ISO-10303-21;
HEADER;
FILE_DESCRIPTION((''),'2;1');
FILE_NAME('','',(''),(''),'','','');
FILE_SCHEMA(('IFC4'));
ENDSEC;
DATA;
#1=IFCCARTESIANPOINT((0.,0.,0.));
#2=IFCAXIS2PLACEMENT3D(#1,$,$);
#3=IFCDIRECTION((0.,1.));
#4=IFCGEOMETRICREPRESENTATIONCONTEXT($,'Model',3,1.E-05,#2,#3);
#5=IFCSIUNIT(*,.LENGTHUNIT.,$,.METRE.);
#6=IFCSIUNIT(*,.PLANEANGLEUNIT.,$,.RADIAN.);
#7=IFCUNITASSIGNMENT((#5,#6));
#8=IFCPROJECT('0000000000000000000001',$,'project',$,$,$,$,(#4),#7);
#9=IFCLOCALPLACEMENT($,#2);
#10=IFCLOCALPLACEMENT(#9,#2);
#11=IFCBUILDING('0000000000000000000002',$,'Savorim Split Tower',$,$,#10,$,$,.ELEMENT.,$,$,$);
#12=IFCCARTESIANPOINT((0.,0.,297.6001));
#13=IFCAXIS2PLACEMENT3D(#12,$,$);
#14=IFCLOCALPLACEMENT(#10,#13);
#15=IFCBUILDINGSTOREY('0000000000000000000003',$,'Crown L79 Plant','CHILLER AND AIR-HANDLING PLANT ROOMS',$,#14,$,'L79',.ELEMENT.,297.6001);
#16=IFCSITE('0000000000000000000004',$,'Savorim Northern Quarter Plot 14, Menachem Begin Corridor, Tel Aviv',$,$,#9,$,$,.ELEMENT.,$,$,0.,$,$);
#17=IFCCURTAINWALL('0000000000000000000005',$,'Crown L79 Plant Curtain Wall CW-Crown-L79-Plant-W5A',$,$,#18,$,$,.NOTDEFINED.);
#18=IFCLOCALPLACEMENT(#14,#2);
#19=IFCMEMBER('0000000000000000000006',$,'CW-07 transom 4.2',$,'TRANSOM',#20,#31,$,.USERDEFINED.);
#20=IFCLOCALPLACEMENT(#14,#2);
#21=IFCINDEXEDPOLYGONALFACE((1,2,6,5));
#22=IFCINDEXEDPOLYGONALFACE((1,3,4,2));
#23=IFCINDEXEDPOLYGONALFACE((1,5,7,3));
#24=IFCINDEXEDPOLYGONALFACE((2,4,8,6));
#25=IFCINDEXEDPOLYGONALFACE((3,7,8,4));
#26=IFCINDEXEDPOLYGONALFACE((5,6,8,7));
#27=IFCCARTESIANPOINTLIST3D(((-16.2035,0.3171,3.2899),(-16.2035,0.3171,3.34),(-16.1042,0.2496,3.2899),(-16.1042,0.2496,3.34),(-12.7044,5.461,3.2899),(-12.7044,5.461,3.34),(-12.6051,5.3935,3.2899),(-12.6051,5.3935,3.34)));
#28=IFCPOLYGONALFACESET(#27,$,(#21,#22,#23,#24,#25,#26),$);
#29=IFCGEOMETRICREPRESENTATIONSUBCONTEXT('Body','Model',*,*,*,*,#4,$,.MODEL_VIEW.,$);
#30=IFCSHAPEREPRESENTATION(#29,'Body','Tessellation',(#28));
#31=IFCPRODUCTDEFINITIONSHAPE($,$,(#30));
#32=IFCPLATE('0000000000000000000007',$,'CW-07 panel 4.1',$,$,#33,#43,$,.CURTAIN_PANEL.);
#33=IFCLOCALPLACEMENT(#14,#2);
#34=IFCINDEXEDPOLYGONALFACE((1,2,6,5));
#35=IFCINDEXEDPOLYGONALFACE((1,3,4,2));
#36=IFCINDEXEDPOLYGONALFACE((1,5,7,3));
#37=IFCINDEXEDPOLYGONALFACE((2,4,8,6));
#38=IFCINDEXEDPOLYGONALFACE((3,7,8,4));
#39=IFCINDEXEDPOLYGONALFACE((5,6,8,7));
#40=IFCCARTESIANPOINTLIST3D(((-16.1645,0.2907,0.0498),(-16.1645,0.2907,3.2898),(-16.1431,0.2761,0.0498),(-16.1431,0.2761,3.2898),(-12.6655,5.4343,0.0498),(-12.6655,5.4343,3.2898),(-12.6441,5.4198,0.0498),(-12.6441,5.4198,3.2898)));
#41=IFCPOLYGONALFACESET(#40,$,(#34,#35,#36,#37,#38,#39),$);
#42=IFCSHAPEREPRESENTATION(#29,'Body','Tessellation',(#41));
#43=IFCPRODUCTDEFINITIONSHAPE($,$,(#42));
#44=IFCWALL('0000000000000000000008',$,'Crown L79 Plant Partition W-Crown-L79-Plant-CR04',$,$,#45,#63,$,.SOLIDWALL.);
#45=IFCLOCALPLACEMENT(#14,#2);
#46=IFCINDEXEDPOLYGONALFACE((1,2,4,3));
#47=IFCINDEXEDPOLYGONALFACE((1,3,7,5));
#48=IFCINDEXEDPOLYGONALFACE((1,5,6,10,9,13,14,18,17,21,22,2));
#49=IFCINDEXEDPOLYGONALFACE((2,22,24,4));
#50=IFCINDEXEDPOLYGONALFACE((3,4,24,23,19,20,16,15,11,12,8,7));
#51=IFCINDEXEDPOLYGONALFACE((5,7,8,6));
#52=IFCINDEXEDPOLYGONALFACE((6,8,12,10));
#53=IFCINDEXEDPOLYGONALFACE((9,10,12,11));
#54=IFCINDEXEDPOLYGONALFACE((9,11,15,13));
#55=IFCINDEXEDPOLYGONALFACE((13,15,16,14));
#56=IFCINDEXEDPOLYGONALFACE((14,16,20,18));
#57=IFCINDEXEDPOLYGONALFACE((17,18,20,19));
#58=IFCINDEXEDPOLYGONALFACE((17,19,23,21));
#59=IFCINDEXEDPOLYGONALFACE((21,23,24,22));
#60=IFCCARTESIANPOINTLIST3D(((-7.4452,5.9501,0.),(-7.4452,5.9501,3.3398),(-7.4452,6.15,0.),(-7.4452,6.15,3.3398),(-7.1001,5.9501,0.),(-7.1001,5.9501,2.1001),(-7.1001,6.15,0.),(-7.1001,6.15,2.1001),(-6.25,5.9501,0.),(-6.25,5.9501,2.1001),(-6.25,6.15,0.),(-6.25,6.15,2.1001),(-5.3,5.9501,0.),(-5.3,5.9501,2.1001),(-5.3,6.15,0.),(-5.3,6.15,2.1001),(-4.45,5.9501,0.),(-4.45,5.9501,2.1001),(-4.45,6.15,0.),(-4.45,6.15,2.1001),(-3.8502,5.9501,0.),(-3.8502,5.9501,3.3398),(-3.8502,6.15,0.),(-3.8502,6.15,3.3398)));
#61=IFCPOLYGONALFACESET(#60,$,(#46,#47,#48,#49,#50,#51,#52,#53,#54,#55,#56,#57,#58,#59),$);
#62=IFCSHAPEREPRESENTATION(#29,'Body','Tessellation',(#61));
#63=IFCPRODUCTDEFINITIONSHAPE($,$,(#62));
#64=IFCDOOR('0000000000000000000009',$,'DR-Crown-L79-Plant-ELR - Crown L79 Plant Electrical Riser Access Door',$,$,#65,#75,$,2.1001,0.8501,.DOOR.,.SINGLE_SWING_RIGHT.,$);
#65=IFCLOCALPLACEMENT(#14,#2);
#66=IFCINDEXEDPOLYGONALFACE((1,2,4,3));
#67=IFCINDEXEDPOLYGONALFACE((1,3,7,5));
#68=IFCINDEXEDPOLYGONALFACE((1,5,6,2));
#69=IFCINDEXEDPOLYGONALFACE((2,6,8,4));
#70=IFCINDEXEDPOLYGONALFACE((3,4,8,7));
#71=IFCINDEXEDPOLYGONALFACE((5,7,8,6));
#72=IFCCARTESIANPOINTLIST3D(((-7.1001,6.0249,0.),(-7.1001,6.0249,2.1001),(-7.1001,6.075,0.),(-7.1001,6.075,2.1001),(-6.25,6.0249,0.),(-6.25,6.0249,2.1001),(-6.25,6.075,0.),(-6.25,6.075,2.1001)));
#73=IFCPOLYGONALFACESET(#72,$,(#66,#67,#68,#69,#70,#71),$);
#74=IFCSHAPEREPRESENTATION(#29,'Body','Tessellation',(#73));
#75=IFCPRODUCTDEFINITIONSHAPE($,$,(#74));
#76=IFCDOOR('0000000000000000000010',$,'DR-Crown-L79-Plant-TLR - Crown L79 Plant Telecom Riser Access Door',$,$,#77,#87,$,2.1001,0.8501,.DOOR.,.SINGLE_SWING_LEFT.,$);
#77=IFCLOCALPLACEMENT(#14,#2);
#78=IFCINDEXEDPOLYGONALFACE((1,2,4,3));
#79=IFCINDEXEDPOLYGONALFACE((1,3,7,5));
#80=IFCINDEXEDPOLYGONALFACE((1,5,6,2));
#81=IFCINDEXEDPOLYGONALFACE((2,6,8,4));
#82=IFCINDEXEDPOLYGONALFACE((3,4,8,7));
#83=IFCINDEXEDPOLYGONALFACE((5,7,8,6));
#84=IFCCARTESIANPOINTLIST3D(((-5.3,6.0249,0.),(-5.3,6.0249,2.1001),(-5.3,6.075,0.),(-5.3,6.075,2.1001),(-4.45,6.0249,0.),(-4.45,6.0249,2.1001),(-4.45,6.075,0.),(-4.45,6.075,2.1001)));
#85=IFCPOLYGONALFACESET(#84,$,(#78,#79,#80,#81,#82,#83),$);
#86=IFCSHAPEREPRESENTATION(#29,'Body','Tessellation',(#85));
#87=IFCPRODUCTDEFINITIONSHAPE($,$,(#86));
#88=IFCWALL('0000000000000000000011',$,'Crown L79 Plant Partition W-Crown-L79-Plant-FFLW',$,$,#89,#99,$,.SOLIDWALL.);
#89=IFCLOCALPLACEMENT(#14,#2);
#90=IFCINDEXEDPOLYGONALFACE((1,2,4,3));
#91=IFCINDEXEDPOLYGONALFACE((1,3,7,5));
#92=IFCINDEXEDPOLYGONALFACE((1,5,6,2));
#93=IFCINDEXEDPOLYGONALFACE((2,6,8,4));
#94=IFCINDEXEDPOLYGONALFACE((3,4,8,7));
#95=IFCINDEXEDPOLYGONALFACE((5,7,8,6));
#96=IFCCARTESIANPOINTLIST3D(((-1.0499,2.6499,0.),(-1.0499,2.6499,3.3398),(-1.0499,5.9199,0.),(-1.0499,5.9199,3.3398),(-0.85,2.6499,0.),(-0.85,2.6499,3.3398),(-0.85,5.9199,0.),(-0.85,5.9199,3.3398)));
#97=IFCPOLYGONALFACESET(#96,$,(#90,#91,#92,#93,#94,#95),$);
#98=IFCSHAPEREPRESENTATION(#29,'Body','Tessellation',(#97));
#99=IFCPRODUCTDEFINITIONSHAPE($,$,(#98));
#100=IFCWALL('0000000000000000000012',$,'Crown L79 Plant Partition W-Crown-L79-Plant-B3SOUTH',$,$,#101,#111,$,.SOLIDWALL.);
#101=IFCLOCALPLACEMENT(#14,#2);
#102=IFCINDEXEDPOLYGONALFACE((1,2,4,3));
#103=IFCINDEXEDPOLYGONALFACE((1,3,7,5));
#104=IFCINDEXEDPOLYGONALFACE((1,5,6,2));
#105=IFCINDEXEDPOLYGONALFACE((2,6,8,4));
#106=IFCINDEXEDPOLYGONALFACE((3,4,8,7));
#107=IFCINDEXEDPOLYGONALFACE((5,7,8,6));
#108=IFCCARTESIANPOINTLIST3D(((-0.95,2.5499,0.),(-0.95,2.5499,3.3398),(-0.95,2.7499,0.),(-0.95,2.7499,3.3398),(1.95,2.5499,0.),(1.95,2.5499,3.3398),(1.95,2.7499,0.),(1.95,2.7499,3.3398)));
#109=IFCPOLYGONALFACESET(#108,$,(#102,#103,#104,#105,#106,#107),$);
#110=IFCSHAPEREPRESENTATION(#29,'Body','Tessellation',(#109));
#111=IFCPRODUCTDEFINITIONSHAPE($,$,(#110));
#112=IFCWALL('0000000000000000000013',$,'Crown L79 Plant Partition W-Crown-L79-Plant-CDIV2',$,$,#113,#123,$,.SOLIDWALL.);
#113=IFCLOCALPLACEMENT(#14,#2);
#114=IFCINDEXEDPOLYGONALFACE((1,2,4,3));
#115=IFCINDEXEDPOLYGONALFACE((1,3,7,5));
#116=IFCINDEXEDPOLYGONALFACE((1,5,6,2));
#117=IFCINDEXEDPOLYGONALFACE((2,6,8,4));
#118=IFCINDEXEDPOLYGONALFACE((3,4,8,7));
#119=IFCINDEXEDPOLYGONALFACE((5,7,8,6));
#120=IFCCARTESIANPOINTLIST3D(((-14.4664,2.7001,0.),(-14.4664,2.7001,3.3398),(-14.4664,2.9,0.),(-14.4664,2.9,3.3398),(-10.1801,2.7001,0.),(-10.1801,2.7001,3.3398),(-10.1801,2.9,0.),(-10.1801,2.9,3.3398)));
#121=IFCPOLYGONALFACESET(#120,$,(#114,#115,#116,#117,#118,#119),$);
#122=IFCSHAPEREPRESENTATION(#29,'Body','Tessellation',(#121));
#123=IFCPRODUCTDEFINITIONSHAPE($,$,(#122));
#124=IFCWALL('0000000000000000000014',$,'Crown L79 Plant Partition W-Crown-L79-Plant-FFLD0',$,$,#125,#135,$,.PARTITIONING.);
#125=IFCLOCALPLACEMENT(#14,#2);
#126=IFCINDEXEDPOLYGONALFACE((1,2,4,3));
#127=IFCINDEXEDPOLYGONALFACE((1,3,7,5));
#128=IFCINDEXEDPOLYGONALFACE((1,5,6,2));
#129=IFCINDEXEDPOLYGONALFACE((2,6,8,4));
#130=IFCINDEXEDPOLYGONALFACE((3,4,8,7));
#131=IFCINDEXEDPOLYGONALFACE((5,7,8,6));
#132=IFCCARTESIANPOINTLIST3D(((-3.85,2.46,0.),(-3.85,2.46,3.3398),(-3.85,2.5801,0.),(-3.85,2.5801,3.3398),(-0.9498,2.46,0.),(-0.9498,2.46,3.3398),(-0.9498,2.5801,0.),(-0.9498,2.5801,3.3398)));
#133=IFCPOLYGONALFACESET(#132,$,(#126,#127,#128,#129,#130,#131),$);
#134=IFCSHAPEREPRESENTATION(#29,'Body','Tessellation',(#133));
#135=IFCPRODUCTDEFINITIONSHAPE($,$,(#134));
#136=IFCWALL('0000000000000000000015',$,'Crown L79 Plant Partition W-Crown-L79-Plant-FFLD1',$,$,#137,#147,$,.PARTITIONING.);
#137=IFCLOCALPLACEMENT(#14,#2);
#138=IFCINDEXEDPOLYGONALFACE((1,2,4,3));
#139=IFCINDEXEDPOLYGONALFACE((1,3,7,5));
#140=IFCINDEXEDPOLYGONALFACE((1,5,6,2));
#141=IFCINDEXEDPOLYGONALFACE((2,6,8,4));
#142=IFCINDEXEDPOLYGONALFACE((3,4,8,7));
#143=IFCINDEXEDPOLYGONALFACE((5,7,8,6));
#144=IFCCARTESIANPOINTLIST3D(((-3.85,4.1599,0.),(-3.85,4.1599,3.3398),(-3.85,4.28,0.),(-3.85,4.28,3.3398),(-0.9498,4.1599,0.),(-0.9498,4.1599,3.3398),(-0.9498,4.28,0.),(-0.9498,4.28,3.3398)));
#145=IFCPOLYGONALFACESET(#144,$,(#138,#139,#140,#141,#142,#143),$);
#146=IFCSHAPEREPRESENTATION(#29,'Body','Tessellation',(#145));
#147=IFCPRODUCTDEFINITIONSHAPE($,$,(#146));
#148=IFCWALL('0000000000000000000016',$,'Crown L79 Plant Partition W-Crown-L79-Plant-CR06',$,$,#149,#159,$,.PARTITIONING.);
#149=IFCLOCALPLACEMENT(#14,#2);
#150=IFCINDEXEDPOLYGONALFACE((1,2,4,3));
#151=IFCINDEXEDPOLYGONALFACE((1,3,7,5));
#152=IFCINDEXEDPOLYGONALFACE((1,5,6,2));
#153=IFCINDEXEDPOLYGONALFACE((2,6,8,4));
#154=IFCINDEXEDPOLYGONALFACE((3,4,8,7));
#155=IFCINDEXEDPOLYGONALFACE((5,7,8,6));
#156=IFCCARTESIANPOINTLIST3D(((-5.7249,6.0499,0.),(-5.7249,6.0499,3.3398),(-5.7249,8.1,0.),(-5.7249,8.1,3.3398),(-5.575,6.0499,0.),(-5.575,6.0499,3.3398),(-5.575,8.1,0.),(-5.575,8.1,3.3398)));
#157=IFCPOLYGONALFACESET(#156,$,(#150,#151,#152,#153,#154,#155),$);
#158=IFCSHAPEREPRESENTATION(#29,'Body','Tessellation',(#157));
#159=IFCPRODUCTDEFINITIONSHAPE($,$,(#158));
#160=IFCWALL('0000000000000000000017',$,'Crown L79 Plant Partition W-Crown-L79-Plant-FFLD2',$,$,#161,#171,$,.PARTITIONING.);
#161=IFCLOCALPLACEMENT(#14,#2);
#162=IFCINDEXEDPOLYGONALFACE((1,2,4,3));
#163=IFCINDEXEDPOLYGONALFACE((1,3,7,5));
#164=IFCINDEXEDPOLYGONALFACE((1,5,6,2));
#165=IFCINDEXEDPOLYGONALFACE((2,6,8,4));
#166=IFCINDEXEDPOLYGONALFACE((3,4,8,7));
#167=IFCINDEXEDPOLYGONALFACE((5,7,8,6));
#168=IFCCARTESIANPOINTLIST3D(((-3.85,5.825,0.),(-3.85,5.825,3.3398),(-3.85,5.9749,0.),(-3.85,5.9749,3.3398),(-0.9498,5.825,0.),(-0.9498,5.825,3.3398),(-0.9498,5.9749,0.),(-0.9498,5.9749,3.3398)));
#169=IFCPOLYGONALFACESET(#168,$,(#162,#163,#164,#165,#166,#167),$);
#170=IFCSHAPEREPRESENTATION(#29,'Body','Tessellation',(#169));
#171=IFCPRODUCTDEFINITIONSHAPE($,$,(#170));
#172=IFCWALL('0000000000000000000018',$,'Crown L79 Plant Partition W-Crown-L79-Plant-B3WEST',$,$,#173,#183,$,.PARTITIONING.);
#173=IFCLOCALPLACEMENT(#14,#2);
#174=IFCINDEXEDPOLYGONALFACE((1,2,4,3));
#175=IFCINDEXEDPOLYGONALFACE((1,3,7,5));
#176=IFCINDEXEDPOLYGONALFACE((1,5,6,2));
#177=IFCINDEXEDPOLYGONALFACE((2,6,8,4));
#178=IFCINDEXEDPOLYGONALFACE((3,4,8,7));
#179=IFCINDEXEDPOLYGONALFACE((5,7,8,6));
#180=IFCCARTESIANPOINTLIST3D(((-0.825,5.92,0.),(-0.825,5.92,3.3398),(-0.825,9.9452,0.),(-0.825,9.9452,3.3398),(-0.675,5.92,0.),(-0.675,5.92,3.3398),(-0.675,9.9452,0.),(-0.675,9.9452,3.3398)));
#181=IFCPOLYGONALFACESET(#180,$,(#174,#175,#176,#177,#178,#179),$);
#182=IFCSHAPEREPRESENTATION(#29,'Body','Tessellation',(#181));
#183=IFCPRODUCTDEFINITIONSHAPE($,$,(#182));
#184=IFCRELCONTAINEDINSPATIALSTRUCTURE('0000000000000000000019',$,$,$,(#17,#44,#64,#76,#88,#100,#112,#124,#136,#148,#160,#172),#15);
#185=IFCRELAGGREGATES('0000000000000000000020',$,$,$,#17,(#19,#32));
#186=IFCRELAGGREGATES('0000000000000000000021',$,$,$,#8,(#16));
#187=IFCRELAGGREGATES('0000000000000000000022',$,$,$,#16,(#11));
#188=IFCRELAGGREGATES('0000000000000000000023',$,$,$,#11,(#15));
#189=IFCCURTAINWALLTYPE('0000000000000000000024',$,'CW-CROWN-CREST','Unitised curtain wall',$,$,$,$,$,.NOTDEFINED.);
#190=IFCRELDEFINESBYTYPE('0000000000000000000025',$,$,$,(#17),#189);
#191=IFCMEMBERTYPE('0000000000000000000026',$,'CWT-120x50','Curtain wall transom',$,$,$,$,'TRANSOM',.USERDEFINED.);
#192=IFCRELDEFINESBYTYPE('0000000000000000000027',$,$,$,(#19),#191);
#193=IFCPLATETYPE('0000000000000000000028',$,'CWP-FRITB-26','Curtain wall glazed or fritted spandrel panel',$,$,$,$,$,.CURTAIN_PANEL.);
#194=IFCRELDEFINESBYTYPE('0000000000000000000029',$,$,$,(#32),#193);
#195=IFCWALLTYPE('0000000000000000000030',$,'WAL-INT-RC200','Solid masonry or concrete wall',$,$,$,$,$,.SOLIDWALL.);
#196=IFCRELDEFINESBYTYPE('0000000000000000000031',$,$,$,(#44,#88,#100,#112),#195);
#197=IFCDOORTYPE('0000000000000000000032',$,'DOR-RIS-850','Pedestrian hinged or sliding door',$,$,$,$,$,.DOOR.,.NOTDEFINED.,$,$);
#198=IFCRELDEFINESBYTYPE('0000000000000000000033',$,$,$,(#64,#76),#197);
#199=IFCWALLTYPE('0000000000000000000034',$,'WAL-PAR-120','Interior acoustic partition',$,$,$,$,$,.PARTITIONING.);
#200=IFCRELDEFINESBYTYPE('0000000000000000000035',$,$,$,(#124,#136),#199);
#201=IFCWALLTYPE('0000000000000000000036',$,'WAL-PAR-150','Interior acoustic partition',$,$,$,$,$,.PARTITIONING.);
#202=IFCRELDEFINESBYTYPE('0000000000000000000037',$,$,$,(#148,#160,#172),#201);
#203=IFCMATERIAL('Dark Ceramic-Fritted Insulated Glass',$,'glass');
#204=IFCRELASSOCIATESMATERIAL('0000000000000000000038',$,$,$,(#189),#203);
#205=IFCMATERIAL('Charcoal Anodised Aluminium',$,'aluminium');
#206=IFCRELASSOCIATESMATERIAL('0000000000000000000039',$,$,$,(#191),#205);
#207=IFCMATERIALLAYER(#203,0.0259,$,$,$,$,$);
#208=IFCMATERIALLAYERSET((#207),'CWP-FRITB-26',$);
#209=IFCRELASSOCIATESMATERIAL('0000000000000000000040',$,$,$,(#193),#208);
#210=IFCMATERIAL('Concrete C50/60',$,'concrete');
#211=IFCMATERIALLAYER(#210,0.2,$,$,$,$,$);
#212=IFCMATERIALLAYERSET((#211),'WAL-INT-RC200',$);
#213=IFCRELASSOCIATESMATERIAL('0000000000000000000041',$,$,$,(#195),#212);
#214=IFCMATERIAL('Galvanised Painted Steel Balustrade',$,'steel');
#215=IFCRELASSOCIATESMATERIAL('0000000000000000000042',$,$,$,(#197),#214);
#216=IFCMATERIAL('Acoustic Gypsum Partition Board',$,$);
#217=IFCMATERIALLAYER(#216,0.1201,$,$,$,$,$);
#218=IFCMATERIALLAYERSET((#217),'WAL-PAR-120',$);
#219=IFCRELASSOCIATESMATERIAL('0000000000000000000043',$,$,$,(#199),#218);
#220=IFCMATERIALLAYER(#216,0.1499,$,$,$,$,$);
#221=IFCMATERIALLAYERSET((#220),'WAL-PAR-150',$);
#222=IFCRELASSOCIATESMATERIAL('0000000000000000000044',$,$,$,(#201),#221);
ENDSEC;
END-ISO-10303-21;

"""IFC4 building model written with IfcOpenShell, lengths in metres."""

from ifc_helpers import new_model, si_unit, direction, frame, frame_2d, origin, origin_2d, place, context, subcontext, project, spatial, rectangle, extrude, material, layer, layer_set, material_profile, profile_set, type_object, element, fill, aggregate, save


model = new_model("IFC4")

# Units and contexts
model_context = context("Model", 3, precision=1e-05, world=origin(), true_north=direction((0.0, 1.0)))
body_context = subcontext(model_context, "Body", "Model", "MODEL_VIEW")
ifc_project = project(units=[si_unit("LENGTHUNIT", "METRE"), si_unit("PLANEANGLEUNIT", "RADIAN")], contexts=[model_context])

# Site, building, storey
site_placement = place(None, origin())
site = spatial("IfcSite", under=ifc_project, at=site_placement, Name="Savorim Northern Quarter Plot 14, Menachem Begin Corridor, Tel Aviv", CompositionType="ELEMENT", RefElevation=0.0)
building_placement = place(site_placement, origin())
building = spatial("IfcBuilding", under=site, at=building_placement, Name="Savorim Split Tower", CompositionType="ELEMENT")
storey_placement = place(building_placement, frame((0.0, 0.0, 297.6001)))
storey = spatial("IfcBuildingStorey", under=building, at=storey_placement, Name="Crown L79 Plant", Description="CHILLER AND AIR-HANDLING PLANT ROOMS", LongName="L79", CompositionType="ELEMENT", Elevation=297.6001)

# Curtain wall, member, plate
ifc_material_1 = material(Name="Dark Ceramic-Fritted Insulated Glass", Category="glass")
curtain_wall_type = type_object("IfcCurtainWallType", Name="CW-CROWN-CREST", Description="Unitised curtain wall", PredefinedType="NOTDEFINED", material=ifc_material_1)
curtain_wall_placement = place(storey_placement, origin())
curtain_wall = element("IfcCurtainWall", 1, at=curtain_wall_placement, inside=storey, type_object=curtain_wall_type, Name="Crown L79 Plant Curtain Wall CW-Crown-L79-Plant-W5A", PredefinedType="NOTDEFINED")
ifc_material_2 = material(Name="Charcoal Anodised Aluminium", Category="aluminium")
ifc_material_profile_1 = material_profile(ifc_material_2, rectangle(XDim=0.1201, YDim=0.05, at=origin_2d()), Name="ALU-T 120x50")
ifc_profile_set_1 = profile_set([ifc_material_profile_1], Name="Charcoal Anodised Aluminium")
member_type_1 = type_object("IfcMemberType", Name="CWT-120x50", Description="Curtain wall transom", ElementType="TRANSOM", PredefinedType="USERDEFINED", material=ifc_profile_set_1)
member_1_placement = place(storey_placement, frame((-12.6548, 5.4272, 3.3149), z_axis=(-0.562446, -0.826834, 0.0), x_axis=(0.826834, -0.562446, 0.0)))
member_1 = element("IfcMember", 2, at=member_1_placement, type_object=member_type_1, Name="CW-07 transom 4.2", ObjectType="TRANSOM", PredefinedType="USERDEFINED", context=body_context, shape_type="SweptSolid", body=[
    extrude(rectangle(XDim=0.1201, YDim=0.05, at=origin_2d()), origin(), (0.0, 0.0, 1.0), 6.2212),
])
ifc_layer_1 = layer(ifc_material_1, 0.0259)
ifc_layer_set_1 = layer_set([ifc_layer_1], Name="CWP-FRITB-26")
plate_type = type_object("IfcPlateType", Name="CWP-FRITB-26", Description="Curtain wall glazed or fritted spandrel panel", PredefinedType="CURTAIN_PANEL", material=ifc_layer_set_1)
plate_placement = place(storey_placement, frame((-14.4043, 2.8552, 0.0498), z_axis=(0.0, 0.0, 1.0), x_axis=(-0.562466, -0.826821, 0.0)))
plate = element("IfcPlate", 3, at=plate_placement, type_object=plate_type, Name="CW-07 panel 4.1", PredefinedType="CURTAIN_PANEL", context=body_context, shape_type="SweptSolid", body=[
    extrude(rectangle(XDim=6.2209, YDim=0.0259, at=origin_2d()), origin(), (0.0, 0.0, 1.0), 3.24),
])
aggregate(curtain_wall, [member_1, plate])

# Shared definitions
ifc_material_3 = material(Name="Concrete C50/60", Category="concrete")
ifc_layer_2 = layer(ifc_material_3, 0.2)
ifc_layer_set_2 = layer_set([ifc_layer_2], Name="WAL-INT-RC200")
wall_type_1 = type_object("IfcWallType", Name="WAL-INT-RC200", Description="Solid masonry or concrete wall", PredefinedType="SOLIDWALL", material=ifc_layer_set_2)

# Wall, openings, doors
wall_1_placement = place(storey_placement, frame((-7.4451, 6.05, 0.0), z_axis=(0.0, 0.0, 1.0), x_axis=(1.0, 0.0, 0.0)))
wall_1 = element("IfcWall", 4, at=wall_1_placement, inside=storey, type_object=wall_type_1, Name="Crown L79 Plant Partition W-Crown-L79-Plant-CR04", PredefinedType="SOLIDWALL", context=body_context, shape_type="SweptSolid", body=[
    extrude(rectangle(XDim=3.595, YDim=0.2, at=frame_2d((1.7974, 0.0))), origin(), (0.0, 0.0, 1.0), 3.3398),
])
opening_1_placement = place(wall_1_placement, frame((0.345, 0.0, 0.0)))
opening_1 = element("IfcOpeningElement", 5, at=opening_1_placement, cuts=wall_1, PredefinedType="OPENING", context=body_context, shape_type="SweptSolid", body=[
    extrude(rectangle(XDim=0.8501, YDim=2.1001, at=frame_2d((0.425, 1.05))), frame((0.0, 0.1099, 0.0), z_axis=(0.0, -1.0, 0.0), x_axis=(1.0, 0.0, 0.0)), (0.0, 0.0, 1.0), 0.22),
])
opening_2_placement = place(wall_1_placement, frame((2.145, 0.0, 0.0)))
opening_2 = element("IfcOpeningElement", 6, at=opening_2_placement, cuts=wall_1, PredefinedType="OPENING", context=body_context, shape_type="SweptSolid", body=[
    extrude(rectangle(XDim=0.8501, YDim=2.1001, at=frame_2d((0.425, 1.05))), frame((0.0, 0.1099, 0.0), z_axis=(0.0, -1.0, 0.0), x_axis=(1.0, 0.0, 0.0)), (0.0, 0.0, 1.0), 0.22),
])
ifc_material_4 = material(Name="Galvanised Painted Steel Balustrade", Category="steel")
door_type_1 = type_object("IfcDoorType", Name="DOR-RIS-850", Description="Pedestrian hinged or sliding door", OperationType="NOTDEFINED", PredefinedType="DOOR", material=ifc_material_4)
door_1_placement = place(opening_1_placement, origin())
door_1 = element("IfcDoor", 7, at=door_1_placement, inside=storey, type_object=door_type_1, Name="DR-Crown-L79-Plant-ELR - Crown L79 Plant Electrical Riser Access Door", OperationType="SINGLE_SWING_RIGHT", OverallHeight=2.1001, OverallWidth=0.8501, PredefinedType="DOOR", context=body_context, shape_type="SweptSolid", body=[
    extrude(rectangle(XDim=0.8501, YDim=2.1001, at=frame_2d((0.425, 1.05))), frame((0.0, 0.0249, 0.0), z_axis=(0.0, -1.0, 0.0), x_axis=(1.0, 0.0, 0.0)), (0.0, 0.0, 1.0), 0.05),
])
fill(opening_1, door_1)
door_2_placement = place(opening_2_placement, origin())
door_2 = element("IfcDoor", 8, at=door_2_placement, inside=storey, type_object=door_type_1, Name="DR-Crown-L79-Plant-TLR - Crown L79 Plant Telecom Riser Access Door", OperationType="SINGLE_SWING_LEFT", OverallHeight=2.1001, OverallWidth=0.8501, PredefinedType="DOOR", context=body_context, shape_type="SweptSolid", body=[
    extrude(rectangle(XDim=0.8501, YDim=2.1001, at=frame_2d((0.425, 1.05))), frame((0.0, 0.0249, 0.0), z_axis=(0.0, -1.0, 0.0), x_axis=(1.0, 0.0, 0.0)), (0.0, 0.0, 1.0), 0.05),
])
fill(opening_2, door_2)

# Walls
wall_2_placement = place(storey_placement, frame((-0.95, 2.6499, 0.0), z_axis=(0.0, 0.0, 1.0), x_axis=(0.0, 1.0, 0.0)))
element("IfcWall", 9, at=wall_2_placement, inside=storey, type_object=wall_type_1, Name="Crown L79 Plant Partition W-Crown-L79-Plant-FFLW", PredefinedType="SOLIDWALL", context=body_context, shape_type="SweptSolid", body=[
    extrude(rectangle(XDim=3.27, YDim=0.2, at=frame_2d((1.635, 0.0))), origin(), (0.0, 0.0, 1.0), 3.3398),
])
wall_3_placement = place(storey_placement, frame((-0.95, 2.6499, 0.0), z_axis=(0.0, 0.0, 1.0), x_axis=(1.0, 0.0, 0.0)))
element("IfcWall", 10, at=wall_3_placement, inside=storey, type_object=wall_type_1, Name="Crown L79 Plant Partition W-Crown-L79-Plant-B3SOUTH", PredefinedType="SOLIDWALL", context=body_context, shape_type="SweptSolid", body=[
    extrude(rectangle(XDim=2.8999, YDim=0.2, at=frame_2d((1.45, 0.0))), origin(), (0.0, 0.0, 1.0), 3.3398),
])
wall_4_placement = place(storey_placement, frame((-14.4663, 2.8, 0.0), z_axis=(0.0, 0.0, 1.0), x_axis=(1.0, 0.0, 0.0)))
element("IfcWall", 11, at=wall_4_placement, inside=storey, type_object=wall_type_1, Name="Crown L79 Plant Partition W-Crown-L79-Plant-CDIV2", PredefinedType="SOLIDWALL", context=body_context, shape_type="SweptSolid", body=[
    extrude(rectangle(XDim=4.2864, YDim=0.2, at=frame_2d((2.1431, 0.0))), origin(), (0.0, 0.0, 1.0), 3.3398),
])
ifc_material_5 = material(Name="Acoustic Gypsum Partition Board")
ifc_layer_3 = layer(ifc_material_5, 0.1201)
ifc_layer_set_3 = layer_set([ifc_layer_3], Name="WAL-PAR-120")
wall_type_2 = type_object("IfcWallType", Name="WAL-PAR-120", Description="Interior acoustic partition", PredefinedType="PARTITIONING", material=ifc_layer_set_3)
for number, where, z_axis, x_axis, name in (
    (12, (-3.8501, 2.52, 0.0), (0.0, 0.0, 1.0), (1.0, 0.0, 0.0), "Crown L79 Plant Partition W-Crown-L79-Plant-FFLD0"),
    (13, (-3.8501, 4.22, 0.0), (0.0, 0.0, 1.0), (1.0, 0.0, 0.0), "Crown L79 Plant Partition W-Crown-L79-Plant-FFLD1"),
):
    element("IfcWall", number, at=place(storey_placement, frame(where, z_axis=z_axis, x_axis=x_axis)), inside=storey, type_object=wall_type_2, Name=name, PredefinedType="PARTITIONING", context=body_context, shape_type="SweptSolid", body=[
        extrude(rectangle(XDim=2.9001, YDim=0.1201, at=frame_2d((1.4502, 0.0))), origin(), (0.0, 0.0, 1.0), 3.3398),
    ])
ifc_layer_4 = layer(ifc_material_5, 0.1499)
ifc_layer_set_4 = layer_set([ifc_layer_4], Name="WAL-PAR-150")
wall_type_3 = type_object("IfcWallType", Name="WAL-PAR-150", Description="Interior acoustic partition", PredefinedType="PARTITIONING", material=ifc_layer_set_4)
wall_5_placement = place(storey_placement, frame((-5.6499, 6.05, 0.0), z_axis=(0.0, 0.0, 1.0), x_axis=(0.0, 1.0, 0.0)))
element("IfcWall", 14, at=wall_5_placement, inside=storey, type_object=wall_type_3, Name="Crown L79 Plant Partition W-Crown-L79-Plant-CR06", PredefinedType="PARTITIONING", context=body_context, shape_type="SweptSolid", body=[
    extrude(rectangle(XDim=2.05, YDim=0.1499, at=frame_2d((1.0249, 0.0))), origin(), (0.0, 0.0, 1.0), 3.3398),
])
wall_6_placement = place(storey_placement, frame((-3.8501, 5.8999, 0.0), z_axis=(0.0, 0.0, 1.0), x_axis=(1.0, 0.0, 0.0)))
element("IfcWall", 15, at=wall_6_placement, inside=storey, type_object=wall_type_3, Name="Crown L79 Plant Partition W-Crown-L79-Plant-FFLD2", PredefinedType="PARTITIONING", context=body_context, shape_type="SweptSolid", body=[
    extrude(rectangle(XDim=2.9001, YDim=0.1499, at=frame_2d((1.4502, 0.0))), origin(), (0.0, 0.0, 1.0), 3.3398),
])
wall_7_placement = place(storey_placement, frame((-0.75, 5.9199, 0.0), z_axis=(0.0, 0.0, 1.0), x_axis=(0.0, 1.0, 0.0)))
element("IfcWall", 16, at=wall_7_placement, inside=storey, type_object=wall_type_3, Name="Crown L79 Plant Partition W-Crown-L79-Plant-B3WEST", PredefinedType="PARTITIONING", context=body_context, shape_type="SweptSolid", body=[
    extrude(rectangle(XDim=4.0251, YDim=0.1499, at=frame_2d((2.0127, 0.0))), origin(), (0.0, 0.0, 1.0), 3.3398),
])

save(model, "model.ifc")
